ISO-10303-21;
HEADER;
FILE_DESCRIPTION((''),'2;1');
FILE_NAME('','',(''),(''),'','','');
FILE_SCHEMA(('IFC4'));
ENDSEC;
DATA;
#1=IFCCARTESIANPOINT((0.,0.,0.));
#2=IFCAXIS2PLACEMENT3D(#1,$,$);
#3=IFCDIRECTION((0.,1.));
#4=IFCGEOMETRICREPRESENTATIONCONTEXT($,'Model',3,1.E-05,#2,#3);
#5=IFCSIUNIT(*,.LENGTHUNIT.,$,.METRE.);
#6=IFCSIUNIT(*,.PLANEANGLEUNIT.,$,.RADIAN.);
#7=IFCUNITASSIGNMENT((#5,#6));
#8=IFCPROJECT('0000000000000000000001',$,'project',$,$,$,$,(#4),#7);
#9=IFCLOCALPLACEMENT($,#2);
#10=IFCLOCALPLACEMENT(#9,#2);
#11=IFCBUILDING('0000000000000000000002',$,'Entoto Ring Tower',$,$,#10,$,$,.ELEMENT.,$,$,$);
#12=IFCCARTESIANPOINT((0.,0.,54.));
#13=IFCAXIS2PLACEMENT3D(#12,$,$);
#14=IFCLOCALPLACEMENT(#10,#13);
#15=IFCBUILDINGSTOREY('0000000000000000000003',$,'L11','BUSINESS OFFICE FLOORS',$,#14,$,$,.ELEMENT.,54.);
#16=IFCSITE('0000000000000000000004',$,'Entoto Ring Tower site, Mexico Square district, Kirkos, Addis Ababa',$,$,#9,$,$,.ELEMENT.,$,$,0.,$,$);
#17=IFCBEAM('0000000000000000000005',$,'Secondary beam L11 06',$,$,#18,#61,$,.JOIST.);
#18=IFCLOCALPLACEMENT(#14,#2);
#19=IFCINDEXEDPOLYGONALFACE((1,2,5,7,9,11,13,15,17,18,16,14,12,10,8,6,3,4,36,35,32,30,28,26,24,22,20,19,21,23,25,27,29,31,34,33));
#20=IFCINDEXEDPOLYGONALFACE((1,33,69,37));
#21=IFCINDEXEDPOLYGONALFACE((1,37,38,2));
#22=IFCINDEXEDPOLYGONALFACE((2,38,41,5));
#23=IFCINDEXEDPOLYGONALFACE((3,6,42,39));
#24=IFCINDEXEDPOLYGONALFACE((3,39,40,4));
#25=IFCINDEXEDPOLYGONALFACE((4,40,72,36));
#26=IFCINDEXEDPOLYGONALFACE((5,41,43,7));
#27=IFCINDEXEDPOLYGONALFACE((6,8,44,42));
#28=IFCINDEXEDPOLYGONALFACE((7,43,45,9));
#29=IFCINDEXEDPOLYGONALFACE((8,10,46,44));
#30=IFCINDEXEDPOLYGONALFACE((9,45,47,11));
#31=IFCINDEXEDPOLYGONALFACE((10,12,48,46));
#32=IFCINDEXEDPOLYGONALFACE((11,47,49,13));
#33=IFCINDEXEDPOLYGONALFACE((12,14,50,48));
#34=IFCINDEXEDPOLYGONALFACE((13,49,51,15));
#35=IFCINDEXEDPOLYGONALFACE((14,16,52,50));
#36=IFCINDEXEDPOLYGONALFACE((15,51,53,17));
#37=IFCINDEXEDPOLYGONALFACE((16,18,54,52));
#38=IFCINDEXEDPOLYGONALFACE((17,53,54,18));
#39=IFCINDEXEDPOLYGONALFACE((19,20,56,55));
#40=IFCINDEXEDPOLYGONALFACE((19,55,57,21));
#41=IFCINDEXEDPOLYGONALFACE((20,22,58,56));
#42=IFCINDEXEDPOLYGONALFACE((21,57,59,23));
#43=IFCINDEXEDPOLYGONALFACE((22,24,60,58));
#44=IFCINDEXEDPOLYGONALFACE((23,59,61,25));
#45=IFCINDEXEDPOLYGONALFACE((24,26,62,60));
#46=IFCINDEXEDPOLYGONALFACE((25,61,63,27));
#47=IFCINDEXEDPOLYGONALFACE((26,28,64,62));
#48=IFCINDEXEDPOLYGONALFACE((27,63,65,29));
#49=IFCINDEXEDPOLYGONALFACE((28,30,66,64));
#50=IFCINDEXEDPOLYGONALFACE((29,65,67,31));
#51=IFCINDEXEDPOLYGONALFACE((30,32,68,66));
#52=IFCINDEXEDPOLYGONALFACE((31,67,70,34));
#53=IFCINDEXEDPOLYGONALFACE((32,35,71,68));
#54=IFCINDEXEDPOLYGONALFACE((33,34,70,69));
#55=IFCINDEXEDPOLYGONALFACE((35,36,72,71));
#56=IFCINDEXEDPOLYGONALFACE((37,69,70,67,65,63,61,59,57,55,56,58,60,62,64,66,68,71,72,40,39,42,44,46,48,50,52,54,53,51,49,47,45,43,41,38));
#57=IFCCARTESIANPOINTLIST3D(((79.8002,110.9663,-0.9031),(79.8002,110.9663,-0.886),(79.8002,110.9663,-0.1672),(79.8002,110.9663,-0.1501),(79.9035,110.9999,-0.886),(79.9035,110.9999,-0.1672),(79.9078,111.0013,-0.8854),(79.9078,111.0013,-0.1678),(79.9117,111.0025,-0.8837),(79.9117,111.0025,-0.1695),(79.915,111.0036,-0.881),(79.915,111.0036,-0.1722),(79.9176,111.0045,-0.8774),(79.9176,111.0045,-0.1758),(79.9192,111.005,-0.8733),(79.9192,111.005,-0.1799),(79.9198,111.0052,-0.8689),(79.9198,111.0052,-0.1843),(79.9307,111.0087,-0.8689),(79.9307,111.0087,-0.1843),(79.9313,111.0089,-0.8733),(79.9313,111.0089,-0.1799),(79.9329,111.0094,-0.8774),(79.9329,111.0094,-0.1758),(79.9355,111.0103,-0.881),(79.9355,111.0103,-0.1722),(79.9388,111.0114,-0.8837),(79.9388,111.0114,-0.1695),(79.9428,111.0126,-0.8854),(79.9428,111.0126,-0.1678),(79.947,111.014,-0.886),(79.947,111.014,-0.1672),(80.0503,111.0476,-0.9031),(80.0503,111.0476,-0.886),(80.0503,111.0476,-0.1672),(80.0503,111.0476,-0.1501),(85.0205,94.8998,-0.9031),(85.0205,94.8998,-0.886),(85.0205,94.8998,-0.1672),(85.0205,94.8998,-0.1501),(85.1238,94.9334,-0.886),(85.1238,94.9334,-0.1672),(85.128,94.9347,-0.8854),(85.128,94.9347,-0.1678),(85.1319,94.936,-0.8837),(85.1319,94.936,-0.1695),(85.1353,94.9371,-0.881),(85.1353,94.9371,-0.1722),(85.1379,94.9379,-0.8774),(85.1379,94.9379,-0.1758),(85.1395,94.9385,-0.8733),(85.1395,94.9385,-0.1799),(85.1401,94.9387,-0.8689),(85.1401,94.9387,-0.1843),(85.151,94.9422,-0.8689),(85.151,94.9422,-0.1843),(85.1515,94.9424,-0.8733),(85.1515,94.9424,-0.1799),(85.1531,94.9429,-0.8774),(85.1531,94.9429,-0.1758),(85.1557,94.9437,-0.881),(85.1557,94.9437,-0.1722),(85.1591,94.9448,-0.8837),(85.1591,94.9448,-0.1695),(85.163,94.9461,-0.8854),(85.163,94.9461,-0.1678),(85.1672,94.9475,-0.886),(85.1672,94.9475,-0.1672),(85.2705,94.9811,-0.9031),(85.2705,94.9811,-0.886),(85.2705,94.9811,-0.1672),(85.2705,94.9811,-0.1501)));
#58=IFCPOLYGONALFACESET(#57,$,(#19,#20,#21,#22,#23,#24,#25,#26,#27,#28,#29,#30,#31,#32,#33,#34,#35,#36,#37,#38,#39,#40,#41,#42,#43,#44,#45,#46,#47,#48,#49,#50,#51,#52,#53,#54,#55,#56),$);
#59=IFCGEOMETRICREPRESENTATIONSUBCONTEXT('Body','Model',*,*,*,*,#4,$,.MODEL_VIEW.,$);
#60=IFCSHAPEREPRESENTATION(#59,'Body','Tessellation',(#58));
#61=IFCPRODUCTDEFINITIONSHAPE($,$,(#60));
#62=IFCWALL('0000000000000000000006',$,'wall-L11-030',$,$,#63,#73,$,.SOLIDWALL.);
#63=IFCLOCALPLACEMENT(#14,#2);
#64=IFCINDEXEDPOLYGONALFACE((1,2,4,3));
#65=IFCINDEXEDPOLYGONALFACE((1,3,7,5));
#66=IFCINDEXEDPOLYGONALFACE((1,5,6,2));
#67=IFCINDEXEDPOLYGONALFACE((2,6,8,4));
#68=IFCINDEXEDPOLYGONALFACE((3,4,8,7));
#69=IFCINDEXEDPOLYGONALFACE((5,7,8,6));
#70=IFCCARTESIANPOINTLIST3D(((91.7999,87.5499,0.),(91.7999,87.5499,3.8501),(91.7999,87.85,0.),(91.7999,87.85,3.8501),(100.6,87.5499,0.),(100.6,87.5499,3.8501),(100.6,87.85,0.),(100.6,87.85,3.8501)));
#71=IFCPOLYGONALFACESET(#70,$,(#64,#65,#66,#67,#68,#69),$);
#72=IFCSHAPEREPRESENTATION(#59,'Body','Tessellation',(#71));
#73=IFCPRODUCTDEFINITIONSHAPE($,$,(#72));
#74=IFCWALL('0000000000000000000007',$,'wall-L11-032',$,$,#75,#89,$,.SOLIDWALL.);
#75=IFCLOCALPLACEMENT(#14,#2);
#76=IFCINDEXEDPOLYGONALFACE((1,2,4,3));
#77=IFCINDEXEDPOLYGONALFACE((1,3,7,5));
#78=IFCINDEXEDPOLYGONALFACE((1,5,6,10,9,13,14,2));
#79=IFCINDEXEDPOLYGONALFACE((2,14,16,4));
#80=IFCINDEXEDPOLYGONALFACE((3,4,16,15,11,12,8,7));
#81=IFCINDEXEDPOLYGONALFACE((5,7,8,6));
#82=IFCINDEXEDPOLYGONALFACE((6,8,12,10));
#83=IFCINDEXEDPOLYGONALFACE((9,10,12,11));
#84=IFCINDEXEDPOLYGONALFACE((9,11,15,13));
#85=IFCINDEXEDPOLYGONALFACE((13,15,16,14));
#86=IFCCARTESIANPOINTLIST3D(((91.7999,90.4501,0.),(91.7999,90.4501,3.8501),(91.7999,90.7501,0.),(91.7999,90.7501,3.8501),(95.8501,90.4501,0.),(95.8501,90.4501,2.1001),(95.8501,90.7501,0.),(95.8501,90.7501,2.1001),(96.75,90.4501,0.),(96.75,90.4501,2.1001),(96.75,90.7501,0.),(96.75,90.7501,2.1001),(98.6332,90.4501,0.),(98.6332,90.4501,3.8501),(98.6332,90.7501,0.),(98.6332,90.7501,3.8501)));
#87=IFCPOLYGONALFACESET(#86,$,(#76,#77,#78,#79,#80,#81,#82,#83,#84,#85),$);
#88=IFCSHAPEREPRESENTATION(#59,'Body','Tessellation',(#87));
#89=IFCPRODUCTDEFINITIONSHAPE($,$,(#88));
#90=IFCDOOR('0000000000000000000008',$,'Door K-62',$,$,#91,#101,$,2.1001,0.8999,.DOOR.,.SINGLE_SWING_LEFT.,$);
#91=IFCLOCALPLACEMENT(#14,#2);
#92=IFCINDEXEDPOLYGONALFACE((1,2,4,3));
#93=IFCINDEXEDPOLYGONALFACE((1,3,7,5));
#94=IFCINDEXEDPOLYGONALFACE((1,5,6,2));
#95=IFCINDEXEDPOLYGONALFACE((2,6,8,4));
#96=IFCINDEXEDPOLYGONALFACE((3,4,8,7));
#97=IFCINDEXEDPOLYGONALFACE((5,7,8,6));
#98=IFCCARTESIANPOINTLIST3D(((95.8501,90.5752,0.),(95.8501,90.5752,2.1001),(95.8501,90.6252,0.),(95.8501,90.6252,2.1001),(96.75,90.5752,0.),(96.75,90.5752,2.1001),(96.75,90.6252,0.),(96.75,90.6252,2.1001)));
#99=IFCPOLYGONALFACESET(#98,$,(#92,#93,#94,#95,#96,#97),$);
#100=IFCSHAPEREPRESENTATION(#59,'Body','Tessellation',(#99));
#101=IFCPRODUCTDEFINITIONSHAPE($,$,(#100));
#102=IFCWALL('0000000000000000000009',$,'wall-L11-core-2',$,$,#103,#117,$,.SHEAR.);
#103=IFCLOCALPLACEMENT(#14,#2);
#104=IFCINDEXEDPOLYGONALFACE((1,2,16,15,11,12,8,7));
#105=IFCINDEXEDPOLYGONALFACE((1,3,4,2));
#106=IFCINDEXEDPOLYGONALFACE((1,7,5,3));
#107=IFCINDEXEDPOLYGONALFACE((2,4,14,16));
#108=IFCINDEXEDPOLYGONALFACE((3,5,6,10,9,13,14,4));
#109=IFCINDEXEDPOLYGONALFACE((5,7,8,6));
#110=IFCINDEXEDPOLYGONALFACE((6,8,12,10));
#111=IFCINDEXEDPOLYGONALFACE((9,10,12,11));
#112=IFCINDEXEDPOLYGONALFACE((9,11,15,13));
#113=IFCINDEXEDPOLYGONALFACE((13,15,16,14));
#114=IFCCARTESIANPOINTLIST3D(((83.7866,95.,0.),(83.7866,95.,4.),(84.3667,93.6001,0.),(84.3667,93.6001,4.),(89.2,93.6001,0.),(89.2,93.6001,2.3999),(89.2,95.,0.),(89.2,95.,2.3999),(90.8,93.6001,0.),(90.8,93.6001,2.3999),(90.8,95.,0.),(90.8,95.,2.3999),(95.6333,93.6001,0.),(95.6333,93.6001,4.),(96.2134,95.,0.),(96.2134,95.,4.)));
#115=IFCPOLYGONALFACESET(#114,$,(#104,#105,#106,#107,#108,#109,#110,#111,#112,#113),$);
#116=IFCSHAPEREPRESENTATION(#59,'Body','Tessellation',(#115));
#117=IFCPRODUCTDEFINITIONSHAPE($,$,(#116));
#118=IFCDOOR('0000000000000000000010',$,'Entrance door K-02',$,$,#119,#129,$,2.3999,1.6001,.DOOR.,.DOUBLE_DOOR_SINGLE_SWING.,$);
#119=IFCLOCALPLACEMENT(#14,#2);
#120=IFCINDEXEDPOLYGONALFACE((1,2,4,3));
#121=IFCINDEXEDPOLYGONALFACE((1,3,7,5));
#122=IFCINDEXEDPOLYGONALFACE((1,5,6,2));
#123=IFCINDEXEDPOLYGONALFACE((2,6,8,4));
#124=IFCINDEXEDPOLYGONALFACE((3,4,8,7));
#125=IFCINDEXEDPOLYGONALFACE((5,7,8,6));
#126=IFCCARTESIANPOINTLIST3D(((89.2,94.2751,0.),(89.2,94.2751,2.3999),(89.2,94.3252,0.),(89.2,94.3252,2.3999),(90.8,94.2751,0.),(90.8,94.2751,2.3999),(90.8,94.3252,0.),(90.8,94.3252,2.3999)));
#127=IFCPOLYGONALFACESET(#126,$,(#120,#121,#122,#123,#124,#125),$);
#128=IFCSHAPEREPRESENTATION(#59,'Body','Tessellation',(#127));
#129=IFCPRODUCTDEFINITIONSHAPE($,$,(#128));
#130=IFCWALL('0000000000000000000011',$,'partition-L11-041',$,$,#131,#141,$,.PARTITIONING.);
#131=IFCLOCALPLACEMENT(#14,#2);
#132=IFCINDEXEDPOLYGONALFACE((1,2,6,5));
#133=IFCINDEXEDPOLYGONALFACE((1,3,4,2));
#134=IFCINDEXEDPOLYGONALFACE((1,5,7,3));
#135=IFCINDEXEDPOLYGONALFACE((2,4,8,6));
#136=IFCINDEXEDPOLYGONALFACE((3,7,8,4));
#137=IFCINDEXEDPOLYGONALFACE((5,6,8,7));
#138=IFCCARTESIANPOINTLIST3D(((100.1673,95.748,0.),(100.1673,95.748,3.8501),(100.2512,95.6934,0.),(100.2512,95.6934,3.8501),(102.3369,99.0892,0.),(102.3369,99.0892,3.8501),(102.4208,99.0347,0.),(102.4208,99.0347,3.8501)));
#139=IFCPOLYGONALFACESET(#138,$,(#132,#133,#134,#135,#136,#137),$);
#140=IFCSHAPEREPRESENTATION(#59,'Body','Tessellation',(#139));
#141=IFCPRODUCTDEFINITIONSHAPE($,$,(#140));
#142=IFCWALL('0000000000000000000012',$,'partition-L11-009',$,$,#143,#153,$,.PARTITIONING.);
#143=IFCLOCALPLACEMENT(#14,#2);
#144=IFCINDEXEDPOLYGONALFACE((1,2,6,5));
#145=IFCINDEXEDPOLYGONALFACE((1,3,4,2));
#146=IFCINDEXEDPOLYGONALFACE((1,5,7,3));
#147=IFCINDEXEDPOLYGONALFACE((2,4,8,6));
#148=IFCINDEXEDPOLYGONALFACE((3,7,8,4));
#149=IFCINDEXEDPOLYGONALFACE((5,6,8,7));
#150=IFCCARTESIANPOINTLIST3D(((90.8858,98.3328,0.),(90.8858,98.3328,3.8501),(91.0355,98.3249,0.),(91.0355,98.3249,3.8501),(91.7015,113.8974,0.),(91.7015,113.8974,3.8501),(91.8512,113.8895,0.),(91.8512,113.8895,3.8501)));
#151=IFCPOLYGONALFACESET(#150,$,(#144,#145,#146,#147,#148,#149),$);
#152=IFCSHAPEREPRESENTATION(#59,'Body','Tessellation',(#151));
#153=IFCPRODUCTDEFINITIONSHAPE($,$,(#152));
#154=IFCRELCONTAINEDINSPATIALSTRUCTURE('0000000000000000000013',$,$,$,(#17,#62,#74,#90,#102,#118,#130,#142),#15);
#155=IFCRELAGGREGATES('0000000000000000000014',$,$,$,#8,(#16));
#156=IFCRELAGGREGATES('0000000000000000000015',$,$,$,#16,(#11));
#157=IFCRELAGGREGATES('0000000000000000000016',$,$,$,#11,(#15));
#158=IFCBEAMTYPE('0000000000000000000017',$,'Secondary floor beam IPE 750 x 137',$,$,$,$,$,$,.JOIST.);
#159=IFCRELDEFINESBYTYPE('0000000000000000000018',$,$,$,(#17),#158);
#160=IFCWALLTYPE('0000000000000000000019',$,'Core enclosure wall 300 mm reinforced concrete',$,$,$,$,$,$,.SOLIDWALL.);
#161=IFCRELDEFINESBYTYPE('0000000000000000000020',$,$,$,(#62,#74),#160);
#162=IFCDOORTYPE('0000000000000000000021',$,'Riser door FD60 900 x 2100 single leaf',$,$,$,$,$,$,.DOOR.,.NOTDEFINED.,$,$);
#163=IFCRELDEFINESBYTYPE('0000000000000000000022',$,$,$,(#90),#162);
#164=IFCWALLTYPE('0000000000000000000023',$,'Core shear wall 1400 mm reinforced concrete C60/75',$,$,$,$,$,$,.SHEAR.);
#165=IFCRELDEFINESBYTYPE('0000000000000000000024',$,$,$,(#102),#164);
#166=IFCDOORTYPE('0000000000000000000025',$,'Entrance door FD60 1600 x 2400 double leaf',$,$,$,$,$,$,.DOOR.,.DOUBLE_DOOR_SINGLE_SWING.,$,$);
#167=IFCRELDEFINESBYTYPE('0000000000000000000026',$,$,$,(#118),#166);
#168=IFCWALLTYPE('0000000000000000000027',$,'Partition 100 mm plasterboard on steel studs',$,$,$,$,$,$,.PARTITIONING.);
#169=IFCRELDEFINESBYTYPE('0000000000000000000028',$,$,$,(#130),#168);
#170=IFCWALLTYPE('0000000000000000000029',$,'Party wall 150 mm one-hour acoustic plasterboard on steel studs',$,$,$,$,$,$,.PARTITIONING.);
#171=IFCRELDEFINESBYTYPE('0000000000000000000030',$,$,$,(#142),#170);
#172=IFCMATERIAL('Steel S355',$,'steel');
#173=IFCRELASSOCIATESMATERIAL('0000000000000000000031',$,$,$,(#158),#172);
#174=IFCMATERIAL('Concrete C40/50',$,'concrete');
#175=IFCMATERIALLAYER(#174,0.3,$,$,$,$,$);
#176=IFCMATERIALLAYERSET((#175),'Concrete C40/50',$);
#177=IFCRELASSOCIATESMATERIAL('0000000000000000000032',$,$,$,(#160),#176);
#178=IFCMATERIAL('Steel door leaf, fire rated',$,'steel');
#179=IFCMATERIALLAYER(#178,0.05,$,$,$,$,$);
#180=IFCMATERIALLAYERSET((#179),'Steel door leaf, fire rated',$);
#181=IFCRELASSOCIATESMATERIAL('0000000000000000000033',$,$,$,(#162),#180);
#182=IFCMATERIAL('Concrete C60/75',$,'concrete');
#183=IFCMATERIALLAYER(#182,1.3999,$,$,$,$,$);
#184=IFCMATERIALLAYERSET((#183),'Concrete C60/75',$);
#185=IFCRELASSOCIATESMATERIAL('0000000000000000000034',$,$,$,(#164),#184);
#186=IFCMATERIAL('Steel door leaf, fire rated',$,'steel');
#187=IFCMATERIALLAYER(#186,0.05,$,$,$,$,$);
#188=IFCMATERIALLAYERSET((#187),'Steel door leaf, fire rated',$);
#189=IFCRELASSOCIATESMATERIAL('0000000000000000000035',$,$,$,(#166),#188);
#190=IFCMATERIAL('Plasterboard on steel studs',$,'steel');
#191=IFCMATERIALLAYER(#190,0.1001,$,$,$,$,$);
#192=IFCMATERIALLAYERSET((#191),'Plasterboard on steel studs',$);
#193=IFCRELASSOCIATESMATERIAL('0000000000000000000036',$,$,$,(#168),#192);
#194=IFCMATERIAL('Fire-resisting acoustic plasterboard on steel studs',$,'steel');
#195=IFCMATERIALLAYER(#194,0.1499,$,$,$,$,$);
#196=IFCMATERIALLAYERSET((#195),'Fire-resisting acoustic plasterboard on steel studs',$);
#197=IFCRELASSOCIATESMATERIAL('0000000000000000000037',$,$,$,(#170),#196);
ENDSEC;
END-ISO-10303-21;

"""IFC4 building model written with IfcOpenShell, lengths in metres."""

from ifc_helpers import new_model, si_unit, direction, frame, frame_2d, origin, origin_2d, place, context, subcontext, project, spatial, polyline, rectangle, i_section, outline, extrude, material, layer, layer_set, material_profile, profile_set, type_object, element, fill, save


model = new_model("IFC4")

# Units and contexts
model_context = context("Model", 3, precision=1e-05, world=origin(), true_north=direction((0.0, 1.0)))
body_context = subcontext(model_context, "Body", "Model", "MODEL_VIEW")
ifc_project = project(units=[si_unit("LENGTHUNIT", "METRE"), si_unit("PLANEANGLEUNIT", "RADIAN")], contexts=[model_context])

# Site, building, storey
site_placement = place(None, origin())
site = spatial("IfcSite", under=ifc_project, at=site_placement, Name="Entoto Ring Tower site, Mexico Square district, Kirkos, Addis Ababa", CompositionType="ELEMENT", RefElevation=0.0)
building_placement = place(site_placement, origin())
building = spatial("IfcBuilding", under=site, at=building_placement, Name="Entoto Ring Tower", CompositionType="ELEMENT")
storey_placement = place(building_placement, frame((0.0, 0.0, 54.0)))
storey = spatial("IfcBuildingStorey", under=building, at=storey_placement, Name="L11", Description="BUSINESS OFFICE FLOORS", CompositionType="ELEMENT", Elevation=54.0)

# Beam
ifc_material_1 = material(Name="Steel S355", Category="steel")
ifc_material_profile_1 = material_profile(ifc_material_1, i_section(OverallWidth=0.2629, OverallDepth=0.7529, WebThickness=0.0115, FlangeThickness=0.0171, FilletRadius=0.0171, at=origin_2d()), Name="IPE 750 x 137")
ifc_profile_set_1 = profile_set([ifc_material_profile_1], Name="Steel S355")
beam_type_1 = type_object("IfcBeamType", Name="Secondary floor beam IPE 750 x 137", PredefinedType="JOIST", material=ifc_profile_set_1)
beam_1_placement = place(storey_placement, frame((85.1455, 94.9404, -0.5266), z_axis=(-0.309013, 0.951058, 0.0), x_axis=(-0.951058, -0.309013, 0.0)))
element("IfcBeam", 1, at=beam_1_placement, inside=storey, type_object=beam_type_1, Name="Secondary beam L11 06", PredefinedType="JOIST", context=body_context, shape_type="SweptSolid", body=[
    extrude(i_section(OverallWidth=0.2629, OverallDepth=0.7529, WebThickness=0.0115, FlangeThickness=0.0171, FilletRadius=0.0171, at=origin_2d()), origin(), (0.0, 0.0, 1.0), 16.8933),
])

# Wall
ifc_material_2 = material(Name="Concrete C40/50", Category="concrete")
ifc_layer_1 = layer(ifc_material_2, 0.3)
ifc_layer_set_1 = layer_set([ifc_layer_1], Name="Concrete C40/50")
wall_type_1 = type_object("IfcWallType", Name="Core enclosure wall 300 mm reinforced concrete", PredefinedType="SOLIDWALL", material=ifc_layer_set_1)
wall_1_placement = place(storey_placement, frame((91.8, 87.7, 0.0), z_axis=(0.0, 0.0, 1.0), x_axis=(1.0, 0.0, 0.0)))
element("IfcWall", 2, at=wall_1_placement, inside=storey, type_object=wall_type_1, Name="wall-L11-030", PredefinedType="SOLIDWALL", context=body_context, shape_type="SweptSolid", body=[
    extrude(rectangle(XDim=8.8, YDim=0.3, at=frame_2d((4.3999, 0.0))), origin(), (0.0, 0.0, 1.0), 3.8501),
])

# Walls, openings, doors
wall_2_placement = place(storey_placement, frame((91.8, 90.6001, 0.0), z_axis=(0.0, 0.0, 1.0), x_axis=(1.0, 0.0, 0.0)))
wall_2 = element("IfcWall", 3, at=wall_2_placement, inside=storey, type_object=wall_type_1, Name="wall-L11-032", PredefinedType="SOLIDWALL", context=body_context, shape_type="SweptSolid", body=[
    extrude(rectangle(XDim=6.8333, YDim=0.3, at=frame_2d((3.4165, 0.0))), origin(), (0.0, 0.0, 1.0), 3.8501),
])
opening_1_placement = place(wall_2_placement, frame((4.05, 0.0, 0.0)))
opening_1 = element("IfcOpeningElement", 4, at=opening_1_placement, cuts=wall_2, PredefinedType="OPENING", context=body_context, shape_type="SweptSolid", body=[
    extrude(rectangle(XDim=0.8999, YDim=2.1001, at=frame_2d((0.45, 1.05))), frame((0.0, 0.1602, 0.0), z_axis=(0.0, -1.0, 0.0), x_axis=(1.0, 0.0, 0.0)), (0.0, 0.0, 1.0), 0.3201),
])
ifc_material_3 = material(Name="Steel door leaf, fire rated", Category="steel")
ifc_layer_2 = layer(ifc_material_3, 0.05)
ifc_layer_set_2 = layer_set([ifc_layer_2], Name="Steel door leaf, fire rated")
door_type_1 = type_object("IfcDoorType", Name="Riser door FD60 900 x 2100 single leaf", OperationType="NOTDEFINED", PredefinedType="DOOR", material=ifc_layer_set_2)
door_1_placement = place(opening_1_placement, frame((0.8999, 0.0, 0.0), z_axis=(0.0, 0.0, 1.0), x_axis=(-1.0, 0.0, 0.0)))
door_1 = element("IfcDoor", 5, at=door_1_placement, inside=storey, type_object=door_type_1, Name="Door K-62", OperationType="SINGLE_SWING_LEFT", OverallHeight=2.1001, OverallWidth=0.8999, PredefinedType="DOOR", context=body_context, shape_type="SweptSolid", body=[
    extrude(rectangle(XDim=0.8999, YDim=2.1001, at=frame_2d((0.45, 1.05))), frame((0.0, 0.0249, 0.0), z_axis=(0.0, -1.0, 0.0), x_axis=(1.0, 0.0, 0.0)), (0.0, 0.0, 1.0), 0.05),
])
fill(opening_1, door_1)
ifc_material_4 = material(Name="Concrete C60/75", Category="concrete")
ifc_layer_3 = layer(ifc_material_4, 1.3999)
ifc_layer_set_3 = layer_set([ifc_layer_3], Name="Concrete C60/75")
wall_type_2 = type_object("IfcWallType", Name="Core shear wall 1400 mm reinforced concrete C60/75", PredefinedType="SHEAR", material=ifc_layer_set_3)
wall_3_placement = place(storey_placement, frame((95.9233, 94.3, 0.0), z_axis=(0.0, 0.0, 1.0), x_axis=(-1.0, 0.0, 0.0)))
wall_3 = element("IfcWall", 6, at=wall_3_placement, inside=storey, type_object=wall_type_2, Name="wall-L11-core-2", PredefinedType="SHEAR", context=body_context, shape_type="SweptSolid", body=[
    extrude(outline(polyline([(-0.29, -0.7), (12.1367, -0.7), (11.5566, 0.7), (0.29, 0.7), (-0.29, -0.7)])), origin(), (0.0, 0.0, 1.0), 4.0),
])
opening_2_placement = place(wall_3_placement, frame((5.1233, 0.0, 0.0)))
opening_2 = element("IfcOpeningElement", 7, at=opening_2_placement, cuts=wall_3, PredefinedType="OPENING", context=body_context, shape_type="SweptSolid", body=[
    extrude(rectangle(XDim=1.6001, YDim=2.3999, at=frame_2d((0.8, 1.2))), frame((0.0, 0.71, 0.0), z_axis=(0.0, -1.0, 0.0), x_axis=(1.0, 0.0, 0.0)), (0.0, 0.0, 1.0), 1.4199),
])
ifc_material_5 = material(Name="Steel door leaf, fire rated", Category="steel")
ifc_layer_4 = layer(ifc_material_5, 0.05)
ifc_layer_set_4 = layer_set([ifc_layer_4], Name="Steel door leaf, fire rated")
door_type_2 = type_object("IfcDoorType", Name="Entrance door FD60 1600 x 2400 double leaf", OperationType="DOUBLE_DOOR_SINGLE_SWING", PredefinedType="DOOR", material=ifc_layer_set_4)
door_2_placement = place(opening_2_placement, origin())
door_2 = element("IfcDoor", 8, at=door_2_placement, inside=storey, type_object=door_type_2, Name="Entrance door K-02", OperationType="DOUBLE_DOOR_SINGLE_SWING", OverallHeight=2.3999, OverallWidth=1.6001, PredefinedType="DOOR", context=body_context, shape_type="SweptSolid", body=[
    extrude(rectangle(XDim=1.6001, YDim=2.3999, at=frame_2d((0.8, 1.2))), frame((0.0, 0.0249, 0.0), z_axis=(0.0, -1.0, 0.0), x_axis=(1.0, 0.0, 0.0)), (0.0, 0.0, 1.0), 0.05),
])
fill(opening_2, door_2)

# Walls
ifc_material_6 = material(Name="Plasterboard on steel studs", Category="steel")
ifc_layer_5 = layer(ifc_material_6, 0.1001)
ifc_layer_set_5 = layer_set([ifc_layer_5], Name="Plasterboard on steel studs")
wall_type_3 = type_object("IfcWallType", Name="Partition 100 mm plasterboard on steel studs", PredefinedType="PARTITIONING", material=ifc_layer_set_5)
wall_4_placement = place(storey_placement, frame((100.2092, 95.7207, 0.0), z_axis=(0.0, 0.0, 1.0), x_axis=(0.544605, 0.838693, 0.0)))
element("IfcWall", 9, at=wall_4_placement, inside=storey, type_object=wall_type_3, Name="partition-L11-041", PredefinedType="PARTITIONING", context=body_context, shape_type="SweptSolid", body=[
    extrude(rectangle(XDim=3.9839, YDim=0.1001, at=frame_2d((1.9919, 0.0))), origin(), (0.0, 0.0, 1.0), 3.8501),
])
ifc_material_7 = material(Name="Fire-resisting acoustic plasterboard on steel studs", Category="steel")
ifc_layer_6 = layer(ifc_material_7, 0.1499)
ifc_layer_set_6 = layer_set([ifc_layer_6], Name="Fire-resisting acoustic plasterboard on steel studs")
wall_type_4 = type_object("IfcWallType", Name="Party wall 150 mm one-hour acoustic plasterboard on steel studs", PredefinedType="PARTITIONING", material=ifc_layer_set_6)
wall_5_placement = place(storey_placement, frame((90.9607, 98.3289, 0.0), z_axis=(0.0, 0.0, 1.0), x_axis=(0.052334, 0.99863, 0.0)))
element("IfcWall", 10, at=wall_5_placement, inside=storey, type_object=wall_type_4, Name="partition-L11-009", PredefinedType="PARTITIONING", context=body_context, shape_type="SweptSolid", body=[
    extrude(rectangle(XDim=15.5859, YDim=0.1499, at=frame_2d((7.793, 0.0))), origin(), (0.0, 0.0, 1.0), 3.8501),
])

save(model, "model.ifc")
